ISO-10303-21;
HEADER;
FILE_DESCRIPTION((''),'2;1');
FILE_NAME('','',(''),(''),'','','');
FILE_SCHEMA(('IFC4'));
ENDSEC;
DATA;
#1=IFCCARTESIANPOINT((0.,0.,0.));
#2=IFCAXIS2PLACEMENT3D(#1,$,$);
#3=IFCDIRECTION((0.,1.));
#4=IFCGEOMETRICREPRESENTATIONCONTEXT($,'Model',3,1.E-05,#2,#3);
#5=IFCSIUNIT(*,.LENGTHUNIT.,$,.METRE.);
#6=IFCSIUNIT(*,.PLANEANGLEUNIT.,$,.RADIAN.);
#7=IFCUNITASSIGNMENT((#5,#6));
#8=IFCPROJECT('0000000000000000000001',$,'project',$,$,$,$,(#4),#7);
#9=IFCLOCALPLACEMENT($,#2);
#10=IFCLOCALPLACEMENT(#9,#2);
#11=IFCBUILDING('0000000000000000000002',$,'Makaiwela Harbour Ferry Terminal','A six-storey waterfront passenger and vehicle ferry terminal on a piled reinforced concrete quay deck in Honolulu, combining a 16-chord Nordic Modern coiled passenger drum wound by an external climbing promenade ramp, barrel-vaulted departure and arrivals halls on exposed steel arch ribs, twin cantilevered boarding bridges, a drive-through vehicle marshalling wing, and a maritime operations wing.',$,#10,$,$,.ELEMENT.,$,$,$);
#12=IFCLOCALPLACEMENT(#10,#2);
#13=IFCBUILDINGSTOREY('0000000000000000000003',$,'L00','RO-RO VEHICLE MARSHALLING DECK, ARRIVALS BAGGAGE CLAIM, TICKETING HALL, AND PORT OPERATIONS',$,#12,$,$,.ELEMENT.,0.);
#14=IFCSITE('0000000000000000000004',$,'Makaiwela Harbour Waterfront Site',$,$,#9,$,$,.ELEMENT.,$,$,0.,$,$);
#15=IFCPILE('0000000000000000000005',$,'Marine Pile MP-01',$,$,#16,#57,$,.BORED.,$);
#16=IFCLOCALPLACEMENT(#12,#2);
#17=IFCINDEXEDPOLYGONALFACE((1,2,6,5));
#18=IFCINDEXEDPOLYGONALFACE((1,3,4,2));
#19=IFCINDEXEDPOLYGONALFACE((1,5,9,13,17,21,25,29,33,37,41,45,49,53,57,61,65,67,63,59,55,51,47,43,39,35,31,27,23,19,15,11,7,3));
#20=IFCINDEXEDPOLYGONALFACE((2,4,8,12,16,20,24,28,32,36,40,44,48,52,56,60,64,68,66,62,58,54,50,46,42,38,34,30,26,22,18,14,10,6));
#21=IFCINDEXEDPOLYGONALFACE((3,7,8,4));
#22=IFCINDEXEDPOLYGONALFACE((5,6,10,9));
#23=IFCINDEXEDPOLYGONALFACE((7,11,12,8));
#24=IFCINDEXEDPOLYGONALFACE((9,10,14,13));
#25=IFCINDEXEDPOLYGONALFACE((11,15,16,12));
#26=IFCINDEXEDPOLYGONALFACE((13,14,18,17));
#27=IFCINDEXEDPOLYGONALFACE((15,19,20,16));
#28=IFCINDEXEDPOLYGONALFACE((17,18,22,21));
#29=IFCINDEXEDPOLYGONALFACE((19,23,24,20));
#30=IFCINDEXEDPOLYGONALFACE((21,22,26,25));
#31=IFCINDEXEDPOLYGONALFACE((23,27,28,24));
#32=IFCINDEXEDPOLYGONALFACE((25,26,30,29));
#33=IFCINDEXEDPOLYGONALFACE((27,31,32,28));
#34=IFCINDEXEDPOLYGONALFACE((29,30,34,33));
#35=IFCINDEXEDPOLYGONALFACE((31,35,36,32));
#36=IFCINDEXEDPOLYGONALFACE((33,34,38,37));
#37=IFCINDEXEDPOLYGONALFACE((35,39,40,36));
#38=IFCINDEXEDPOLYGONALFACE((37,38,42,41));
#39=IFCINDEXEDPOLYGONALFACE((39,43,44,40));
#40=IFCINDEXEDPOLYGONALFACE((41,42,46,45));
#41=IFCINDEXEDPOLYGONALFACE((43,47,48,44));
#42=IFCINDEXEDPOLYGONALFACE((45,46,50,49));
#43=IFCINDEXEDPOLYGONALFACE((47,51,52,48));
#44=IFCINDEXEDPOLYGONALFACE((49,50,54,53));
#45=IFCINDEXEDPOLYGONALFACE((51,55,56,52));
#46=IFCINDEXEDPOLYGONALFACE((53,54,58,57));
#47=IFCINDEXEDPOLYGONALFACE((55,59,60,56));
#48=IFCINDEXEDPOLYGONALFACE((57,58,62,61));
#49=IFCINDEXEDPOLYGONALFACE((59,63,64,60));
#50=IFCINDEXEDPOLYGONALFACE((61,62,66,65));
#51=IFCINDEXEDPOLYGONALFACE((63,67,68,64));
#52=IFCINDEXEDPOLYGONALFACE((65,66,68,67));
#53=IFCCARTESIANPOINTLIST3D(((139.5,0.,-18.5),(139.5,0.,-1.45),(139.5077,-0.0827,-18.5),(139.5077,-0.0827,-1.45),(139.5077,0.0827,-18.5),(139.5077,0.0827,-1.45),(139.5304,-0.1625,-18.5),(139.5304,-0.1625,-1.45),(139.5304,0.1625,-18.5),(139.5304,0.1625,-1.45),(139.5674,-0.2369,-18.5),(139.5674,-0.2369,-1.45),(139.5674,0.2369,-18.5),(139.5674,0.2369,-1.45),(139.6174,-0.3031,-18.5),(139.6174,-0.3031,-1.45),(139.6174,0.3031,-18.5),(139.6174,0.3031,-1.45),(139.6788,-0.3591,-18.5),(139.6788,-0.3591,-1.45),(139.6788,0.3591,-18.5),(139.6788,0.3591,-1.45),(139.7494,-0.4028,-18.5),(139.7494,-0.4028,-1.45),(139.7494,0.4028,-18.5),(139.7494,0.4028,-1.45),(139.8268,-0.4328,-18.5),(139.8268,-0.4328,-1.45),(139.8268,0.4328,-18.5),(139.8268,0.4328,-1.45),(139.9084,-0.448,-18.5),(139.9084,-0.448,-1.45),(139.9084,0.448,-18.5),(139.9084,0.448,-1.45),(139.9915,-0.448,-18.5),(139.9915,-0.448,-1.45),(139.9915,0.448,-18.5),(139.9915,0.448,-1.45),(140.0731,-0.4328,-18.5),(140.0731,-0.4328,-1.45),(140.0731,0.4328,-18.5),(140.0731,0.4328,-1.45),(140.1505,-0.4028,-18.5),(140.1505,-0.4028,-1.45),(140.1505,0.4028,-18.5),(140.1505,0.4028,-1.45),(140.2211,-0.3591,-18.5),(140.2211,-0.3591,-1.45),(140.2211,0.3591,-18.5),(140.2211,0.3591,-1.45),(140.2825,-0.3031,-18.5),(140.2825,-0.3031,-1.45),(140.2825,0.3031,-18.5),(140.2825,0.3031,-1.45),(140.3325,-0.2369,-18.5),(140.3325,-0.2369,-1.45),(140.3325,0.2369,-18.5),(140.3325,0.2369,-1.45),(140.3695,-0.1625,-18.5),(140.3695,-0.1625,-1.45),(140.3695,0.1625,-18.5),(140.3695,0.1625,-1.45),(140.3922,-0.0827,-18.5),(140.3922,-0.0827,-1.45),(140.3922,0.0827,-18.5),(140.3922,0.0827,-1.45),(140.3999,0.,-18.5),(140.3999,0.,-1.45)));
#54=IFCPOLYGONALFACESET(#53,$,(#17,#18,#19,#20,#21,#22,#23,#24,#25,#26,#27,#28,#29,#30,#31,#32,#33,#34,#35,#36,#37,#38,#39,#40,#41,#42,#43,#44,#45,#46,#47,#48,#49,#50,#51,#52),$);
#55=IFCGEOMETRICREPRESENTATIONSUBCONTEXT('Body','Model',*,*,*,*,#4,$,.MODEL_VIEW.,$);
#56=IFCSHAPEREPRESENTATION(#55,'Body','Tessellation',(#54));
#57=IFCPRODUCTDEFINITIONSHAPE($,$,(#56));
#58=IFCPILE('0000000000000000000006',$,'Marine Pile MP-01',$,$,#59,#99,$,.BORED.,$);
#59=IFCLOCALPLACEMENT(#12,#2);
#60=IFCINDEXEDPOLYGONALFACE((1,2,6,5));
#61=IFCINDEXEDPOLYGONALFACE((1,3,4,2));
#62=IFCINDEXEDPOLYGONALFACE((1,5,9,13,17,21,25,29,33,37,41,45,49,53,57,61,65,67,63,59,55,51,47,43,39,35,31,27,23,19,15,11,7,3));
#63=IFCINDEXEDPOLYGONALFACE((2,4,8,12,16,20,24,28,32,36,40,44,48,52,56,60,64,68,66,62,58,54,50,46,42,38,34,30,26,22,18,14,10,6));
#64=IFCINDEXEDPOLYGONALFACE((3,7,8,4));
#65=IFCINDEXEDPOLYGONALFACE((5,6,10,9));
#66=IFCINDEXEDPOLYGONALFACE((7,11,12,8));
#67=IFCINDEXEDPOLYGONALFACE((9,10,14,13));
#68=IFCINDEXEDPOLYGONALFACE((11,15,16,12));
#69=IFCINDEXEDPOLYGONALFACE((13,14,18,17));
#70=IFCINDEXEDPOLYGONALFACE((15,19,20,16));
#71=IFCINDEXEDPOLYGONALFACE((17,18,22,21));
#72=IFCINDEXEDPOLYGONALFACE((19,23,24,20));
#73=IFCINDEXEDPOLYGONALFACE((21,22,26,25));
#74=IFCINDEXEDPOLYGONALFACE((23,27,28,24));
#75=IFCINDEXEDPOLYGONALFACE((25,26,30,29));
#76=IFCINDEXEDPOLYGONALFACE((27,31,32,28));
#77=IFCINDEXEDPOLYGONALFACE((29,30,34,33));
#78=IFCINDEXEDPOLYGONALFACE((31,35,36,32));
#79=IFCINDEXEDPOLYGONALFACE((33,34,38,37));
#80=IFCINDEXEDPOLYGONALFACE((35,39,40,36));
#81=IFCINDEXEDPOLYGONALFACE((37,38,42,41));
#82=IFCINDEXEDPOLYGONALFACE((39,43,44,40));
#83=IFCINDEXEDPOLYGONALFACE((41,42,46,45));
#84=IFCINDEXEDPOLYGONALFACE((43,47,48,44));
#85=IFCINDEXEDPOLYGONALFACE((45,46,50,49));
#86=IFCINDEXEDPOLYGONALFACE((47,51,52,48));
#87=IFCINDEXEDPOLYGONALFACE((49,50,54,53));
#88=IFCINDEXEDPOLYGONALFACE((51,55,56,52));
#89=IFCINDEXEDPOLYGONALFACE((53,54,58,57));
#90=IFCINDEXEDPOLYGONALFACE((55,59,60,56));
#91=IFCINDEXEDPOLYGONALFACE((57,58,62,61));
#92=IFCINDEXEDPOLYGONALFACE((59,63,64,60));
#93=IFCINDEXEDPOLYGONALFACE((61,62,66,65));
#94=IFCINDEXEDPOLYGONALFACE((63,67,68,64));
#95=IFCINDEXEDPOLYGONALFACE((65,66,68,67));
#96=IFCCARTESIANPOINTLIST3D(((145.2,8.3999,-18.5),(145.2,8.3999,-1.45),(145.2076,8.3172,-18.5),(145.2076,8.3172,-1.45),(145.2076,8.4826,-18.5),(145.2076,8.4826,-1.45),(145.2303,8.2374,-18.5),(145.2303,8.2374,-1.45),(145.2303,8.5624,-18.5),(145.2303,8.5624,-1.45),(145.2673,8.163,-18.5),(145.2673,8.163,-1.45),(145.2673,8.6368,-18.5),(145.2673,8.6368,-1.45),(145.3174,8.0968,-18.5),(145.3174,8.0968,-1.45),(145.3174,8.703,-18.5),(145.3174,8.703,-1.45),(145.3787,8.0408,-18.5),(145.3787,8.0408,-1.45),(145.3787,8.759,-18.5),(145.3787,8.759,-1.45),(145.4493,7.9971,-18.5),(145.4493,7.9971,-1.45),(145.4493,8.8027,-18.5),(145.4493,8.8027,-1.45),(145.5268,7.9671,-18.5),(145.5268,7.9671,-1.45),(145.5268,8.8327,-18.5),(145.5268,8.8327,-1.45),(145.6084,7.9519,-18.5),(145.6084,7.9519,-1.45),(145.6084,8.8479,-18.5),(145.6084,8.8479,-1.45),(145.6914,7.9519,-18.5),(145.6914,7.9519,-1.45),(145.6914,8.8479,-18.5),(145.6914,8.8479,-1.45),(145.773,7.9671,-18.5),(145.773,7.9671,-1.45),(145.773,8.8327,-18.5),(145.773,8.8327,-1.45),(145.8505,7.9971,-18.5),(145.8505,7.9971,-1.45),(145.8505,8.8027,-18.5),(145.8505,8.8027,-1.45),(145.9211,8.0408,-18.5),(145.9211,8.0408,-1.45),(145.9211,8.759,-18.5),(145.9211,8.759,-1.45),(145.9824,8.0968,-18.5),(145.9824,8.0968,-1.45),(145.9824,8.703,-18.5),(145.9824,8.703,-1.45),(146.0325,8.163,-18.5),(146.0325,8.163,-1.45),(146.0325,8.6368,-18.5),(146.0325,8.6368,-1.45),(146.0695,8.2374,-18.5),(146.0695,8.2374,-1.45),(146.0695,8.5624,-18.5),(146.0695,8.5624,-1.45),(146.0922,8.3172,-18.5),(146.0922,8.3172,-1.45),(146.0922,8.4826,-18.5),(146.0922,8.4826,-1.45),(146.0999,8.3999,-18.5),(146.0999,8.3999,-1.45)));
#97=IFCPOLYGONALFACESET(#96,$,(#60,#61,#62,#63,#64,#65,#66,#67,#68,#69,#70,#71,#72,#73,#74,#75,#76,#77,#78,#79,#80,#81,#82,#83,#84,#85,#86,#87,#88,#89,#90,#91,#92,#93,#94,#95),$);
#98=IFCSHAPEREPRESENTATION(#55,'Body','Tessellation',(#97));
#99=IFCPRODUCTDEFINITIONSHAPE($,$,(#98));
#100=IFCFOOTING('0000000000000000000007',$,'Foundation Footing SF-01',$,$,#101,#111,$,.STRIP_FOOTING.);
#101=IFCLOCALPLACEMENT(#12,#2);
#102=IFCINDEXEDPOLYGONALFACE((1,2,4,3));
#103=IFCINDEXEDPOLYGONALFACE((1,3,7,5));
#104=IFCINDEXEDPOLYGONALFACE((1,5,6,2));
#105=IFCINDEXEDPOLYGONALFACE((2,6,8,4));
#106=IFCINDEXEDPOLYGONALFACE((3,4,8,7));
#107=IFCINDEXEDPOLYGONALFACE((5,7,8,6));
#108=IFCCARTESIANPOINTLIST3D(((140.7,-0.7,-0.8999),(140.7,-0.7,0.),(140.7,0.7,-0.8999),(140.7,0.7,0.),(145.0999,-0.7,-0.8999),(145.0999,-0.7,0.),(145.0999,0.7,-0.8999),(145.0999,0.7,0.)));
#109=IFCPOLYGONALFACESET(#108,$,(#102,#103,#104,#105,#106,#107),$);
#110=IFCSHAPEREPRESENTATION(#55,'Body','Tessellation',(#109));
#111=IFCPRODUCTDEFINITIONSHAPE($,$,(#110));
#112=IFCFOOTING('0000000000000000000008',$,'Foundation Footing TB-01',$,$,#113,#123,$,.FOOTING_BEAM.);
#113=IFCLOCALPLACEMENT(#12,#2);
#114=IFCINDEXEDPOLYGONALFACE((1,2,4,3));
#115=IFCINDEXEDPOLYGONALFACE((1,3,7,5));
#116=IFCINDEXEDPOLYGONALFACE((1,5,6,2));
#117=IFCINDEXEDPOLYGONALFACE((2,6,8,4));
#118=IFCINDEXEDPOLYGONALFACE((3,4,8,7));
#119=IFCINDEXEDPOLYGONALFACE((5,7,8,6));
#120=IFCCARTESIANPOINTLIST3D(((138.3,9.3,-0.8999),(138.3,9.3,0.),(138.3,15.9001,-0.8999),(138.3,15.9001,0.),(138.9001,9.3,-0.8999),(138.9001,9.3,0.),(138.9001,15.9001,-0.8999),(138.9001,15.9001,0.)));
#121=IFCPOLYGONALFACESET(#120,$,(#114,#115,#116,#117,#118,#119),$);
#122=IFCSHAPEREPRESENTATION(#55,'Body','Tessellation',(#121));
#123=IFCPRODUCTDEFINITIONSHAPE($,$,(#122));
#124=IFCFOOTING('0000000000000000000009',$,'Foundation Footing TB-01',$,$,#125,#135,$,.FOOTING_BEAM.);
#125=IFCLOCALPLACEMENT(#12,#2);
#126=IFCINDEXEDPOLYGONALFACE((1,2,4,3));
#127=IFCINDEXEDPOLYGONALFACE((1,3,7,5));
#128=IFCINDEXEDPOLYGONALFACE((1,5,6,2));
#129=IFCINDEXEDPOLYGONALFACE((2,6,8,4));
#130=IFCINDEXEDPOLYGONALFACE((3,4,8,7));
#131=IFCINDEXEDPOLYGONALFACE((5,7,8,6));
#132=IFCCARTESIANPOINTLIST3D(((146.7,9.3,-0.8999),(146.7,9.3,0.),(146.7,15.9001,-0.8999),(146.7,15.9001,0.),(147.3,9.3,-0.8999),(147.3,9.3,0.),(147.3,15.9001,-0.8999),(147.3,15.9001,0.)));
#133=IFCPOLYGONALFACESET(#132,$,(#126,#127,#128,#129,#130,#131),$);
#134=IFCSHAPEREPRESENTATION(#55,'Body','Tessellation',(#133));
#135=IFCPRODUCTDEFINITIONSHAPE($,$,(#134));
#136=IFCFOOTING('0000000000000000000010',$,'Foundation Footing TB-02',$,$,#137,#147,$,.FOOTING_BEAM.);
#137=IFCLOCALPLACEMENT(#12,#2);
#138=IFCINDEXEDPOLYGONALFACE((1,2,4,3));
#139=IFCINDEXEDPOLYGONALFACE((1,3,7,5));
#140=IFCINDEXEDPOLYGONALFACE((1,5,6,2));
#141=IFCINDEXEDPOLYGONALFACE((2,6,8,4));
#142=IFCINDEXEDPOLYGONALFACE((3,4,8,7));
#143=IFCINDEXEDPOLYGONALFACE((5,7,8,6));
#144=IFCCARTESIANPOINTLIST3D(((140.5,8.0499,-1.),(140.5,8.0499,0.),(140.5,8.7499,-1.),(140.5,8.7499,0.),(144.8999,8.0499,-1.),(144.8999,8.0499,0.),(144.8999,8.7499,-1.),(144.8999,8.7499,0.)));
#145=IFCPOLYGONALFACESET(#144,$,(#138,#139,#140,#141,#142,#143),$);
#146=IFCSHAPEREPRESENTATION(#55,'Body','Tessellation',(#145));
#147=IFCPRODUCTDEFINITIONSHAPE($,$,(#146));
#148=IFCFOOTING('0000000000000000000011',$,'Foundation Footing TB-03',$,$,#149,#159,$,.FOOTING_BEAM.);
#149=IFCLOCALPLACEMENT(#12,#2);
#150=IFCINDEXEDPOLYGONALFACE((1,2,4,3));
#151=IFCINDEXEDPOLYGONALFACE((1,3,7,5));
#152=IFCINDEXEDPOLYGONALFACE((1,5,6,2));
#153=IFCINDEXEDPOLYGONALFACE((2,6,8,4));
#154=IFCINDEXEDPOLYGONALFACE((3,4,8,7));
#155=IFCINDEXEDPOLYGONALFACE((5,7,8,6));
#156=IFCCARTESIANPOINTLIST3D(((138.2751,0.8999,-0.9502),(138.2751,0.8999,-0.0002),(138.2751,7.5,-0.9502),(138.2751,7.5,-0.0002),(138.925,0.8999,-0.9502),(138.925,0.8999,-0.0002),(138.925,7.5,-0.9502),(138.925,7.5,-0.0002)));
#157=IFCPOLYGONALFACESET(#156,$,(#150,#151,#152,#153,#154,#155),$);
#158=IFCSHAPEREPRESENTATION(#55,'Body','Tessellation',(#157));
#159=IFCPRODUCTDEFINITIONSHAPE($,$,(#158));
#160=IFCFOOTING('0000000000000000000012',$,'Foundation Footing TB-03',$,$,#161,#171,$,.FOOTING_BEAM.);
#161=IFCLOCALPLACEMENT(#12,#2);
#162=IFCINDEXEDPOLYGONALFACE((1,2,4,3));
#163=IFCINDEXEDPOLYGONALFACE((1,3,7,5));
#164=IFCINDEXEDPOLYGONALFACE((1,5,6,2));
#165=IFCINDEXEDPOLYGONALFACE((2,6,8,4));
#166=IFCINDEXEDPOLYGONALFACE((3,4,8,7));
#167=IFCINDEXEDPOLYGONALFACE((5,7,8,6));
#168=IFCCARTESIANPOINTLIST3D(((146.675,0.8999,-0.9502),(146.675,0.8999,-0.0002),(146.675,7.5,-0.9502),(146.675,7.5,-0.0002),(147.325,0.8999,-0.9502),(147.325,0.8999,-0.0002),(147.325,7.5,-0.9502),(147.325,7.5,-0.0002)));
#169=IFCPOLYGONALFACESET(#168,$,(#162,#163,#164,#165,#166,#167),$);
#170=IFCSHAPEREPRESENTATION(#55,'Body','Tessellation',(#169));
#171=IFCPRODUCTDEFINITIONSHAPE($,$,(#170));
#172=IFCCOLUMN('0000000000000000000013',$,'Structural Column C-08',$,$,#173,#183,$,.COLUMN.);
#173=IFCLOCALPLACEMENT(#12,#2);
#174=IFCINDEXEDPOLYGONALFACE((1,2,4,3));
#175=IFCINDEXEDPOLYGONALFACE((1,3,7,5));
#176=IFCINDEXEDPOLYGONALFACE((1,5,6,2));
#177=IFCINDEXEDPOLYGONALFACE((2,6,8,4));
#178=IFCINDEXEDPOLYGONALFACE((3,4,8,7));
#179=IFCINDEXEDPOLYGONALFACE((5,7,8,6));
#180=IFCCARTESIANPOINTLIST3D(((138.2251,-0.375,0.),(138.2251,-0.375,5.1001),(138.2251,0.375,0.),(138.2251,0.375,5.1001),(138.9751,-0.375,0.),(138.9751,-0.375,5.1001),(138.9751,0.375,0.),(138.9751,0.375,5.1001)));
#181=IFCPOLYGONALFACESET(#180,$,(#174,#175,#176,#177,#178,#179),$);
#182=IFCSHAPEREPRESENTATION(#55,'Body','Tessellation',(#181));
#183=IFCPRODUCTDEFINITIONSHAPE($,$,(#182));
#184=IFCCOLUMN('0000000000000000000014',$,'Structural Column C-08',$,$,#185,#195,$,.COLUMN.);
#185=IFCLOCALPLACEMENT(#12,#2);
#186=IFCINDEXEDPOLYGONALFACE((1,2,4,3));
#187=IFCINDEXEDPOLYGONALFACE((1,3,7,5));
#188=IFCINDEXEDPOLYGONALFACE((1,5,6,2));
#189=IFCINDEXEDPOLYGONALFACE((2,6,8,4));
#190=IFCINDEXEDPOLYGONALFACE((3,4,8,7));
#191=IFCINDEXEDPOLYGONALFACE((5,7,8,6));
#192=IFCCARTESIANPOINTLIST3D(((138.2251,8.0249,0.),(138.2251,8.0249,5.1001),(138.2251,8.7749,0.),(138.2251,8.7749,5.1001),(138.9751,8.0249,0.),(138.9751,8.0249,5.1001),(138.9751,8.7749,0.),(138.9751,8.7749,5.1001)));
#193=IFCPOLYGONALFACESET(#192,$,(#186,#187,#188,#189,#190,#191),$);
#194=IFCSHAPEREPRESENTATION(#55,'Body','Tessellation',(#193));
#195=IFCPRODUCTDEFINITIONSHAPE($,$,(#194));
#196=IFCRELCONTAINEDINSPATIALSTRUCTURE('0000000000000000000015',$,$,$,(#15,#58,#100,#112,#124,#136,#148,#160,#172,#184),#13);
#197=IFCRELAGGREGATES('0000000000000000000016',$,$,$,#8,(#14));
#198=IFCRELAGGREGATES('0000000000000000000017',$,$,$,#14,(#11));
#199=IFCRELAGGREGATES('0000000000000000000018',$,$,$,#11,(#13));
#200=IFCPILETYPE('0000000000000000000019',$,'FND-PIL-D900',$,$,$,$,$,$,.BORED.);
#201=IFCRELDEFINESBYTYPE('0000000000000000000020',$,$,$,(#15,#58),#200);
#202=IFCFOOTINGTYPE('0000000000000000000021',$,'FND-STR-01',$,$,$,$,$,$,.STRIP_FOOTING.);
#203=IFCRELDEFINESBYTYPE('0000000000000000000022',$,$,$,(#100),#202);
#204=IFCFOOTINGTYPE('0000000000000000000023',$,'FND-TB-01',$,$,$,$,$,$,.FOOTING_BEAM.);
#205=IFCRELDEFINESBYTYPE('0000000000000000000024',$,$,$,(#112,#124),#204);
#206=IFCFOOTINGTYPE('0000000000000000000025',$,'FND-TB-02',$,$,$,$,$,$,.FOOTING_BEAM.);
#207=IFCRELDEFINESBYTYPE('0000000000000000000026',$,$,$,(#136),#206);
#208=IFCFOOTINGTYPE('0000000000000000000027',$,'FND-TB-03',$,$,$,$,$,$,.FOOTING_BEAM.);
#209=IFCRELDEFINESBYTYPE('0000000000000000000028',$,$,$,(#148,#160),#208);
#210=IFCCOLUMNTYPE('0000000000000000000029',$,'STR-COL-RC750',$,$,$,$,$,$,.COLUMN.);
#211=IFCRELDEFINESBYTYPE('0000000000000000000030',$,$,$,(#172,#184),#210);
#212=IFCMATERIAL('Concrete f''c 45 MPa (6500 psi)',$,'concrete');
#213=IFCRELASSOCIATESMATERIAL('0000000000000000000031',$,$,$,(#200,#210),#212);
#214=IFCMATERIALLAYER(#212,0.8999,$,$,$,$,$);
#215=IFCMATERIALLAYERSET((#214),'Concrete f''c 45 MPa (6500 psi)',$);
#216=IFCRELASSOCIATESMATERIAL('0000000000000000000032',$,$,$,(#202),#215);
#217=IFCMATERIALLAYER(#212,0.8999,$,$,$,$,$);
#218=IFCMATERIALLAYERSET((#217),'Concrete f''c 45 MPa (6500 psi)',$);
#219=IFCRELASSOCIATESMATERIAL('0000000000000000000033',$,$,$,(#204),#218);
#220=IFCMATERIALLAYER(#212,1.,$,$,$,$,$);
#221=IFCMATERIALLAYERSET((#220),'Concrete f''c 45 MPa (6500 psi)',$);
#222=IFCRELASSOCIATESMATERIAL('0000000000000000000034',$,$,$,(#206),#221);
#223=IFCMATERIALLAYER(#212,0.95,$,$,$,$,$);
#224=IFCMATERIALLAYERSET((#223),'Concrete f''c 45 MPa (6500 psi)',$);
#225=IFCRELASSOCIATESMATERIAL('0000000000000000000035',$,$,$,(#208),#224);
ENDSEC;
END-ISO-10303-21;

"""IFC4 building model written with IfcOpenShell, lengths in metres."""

from ifc_helpers import new_model, si_unit, direction, frame, origin, origin_2d, place, context, subcontext, project, spatial, rectangle, circle, extrude, material, layer, layer_set, material_profile, profile_set, type_object, element, save


model = new_model("IFC4")

# Units and contexts
model_context = context("Model", 3, precision=1e-05, world=origin(), true_north=direction((0.0, 1.0)))
body_context = subcontext(model_context, "Body", "Model", "MODEL_VIEW")
ifc_project = project(units=[si_unit("LENGTHUNIT", "METRE"), si_unit("PLANEANGLEUNIT", "RADIAN")], contexts=[model_context])

# Site, building, storey
site_placement = place(None, origin())
site = spatial("IfcSite", under=ifc_project, at=site_placement, Name="Makaiwela Harbour Waterfront Site", CompositionType="ELEMENT", RefElevation=0.0)
building_placement = place(site_placement, origin())
building = spatial("IfcBuilding", under=site, at=building_placement, Name="Makaiwela Harbour Ferry Terminal", Description="A six-storey waterfront passenger and vehicle ferry terminal on a piled reinforced concrete quay deck in Honolulu, combining a 16-chord Nordic Modern coiled passenger drum wound by an external climbing promenade ramp, barrel-vaulted departure and arrivals halls on exposed steel arch ribs, twin cantilevered boarding bridges, a drive-through vehicle marshalling wing, and a maritime operations wing.", CompositionType="ELEMENT")
storey_placement = place(building_placement, origin())
storey = spatial("IfcBuildingStorey", under=building, at=storey_placement, Name="L00", Description="RO-RO VEHICLE MARSHALLING DECK, ARRIVALS BAGGAGE CLAIM, TICKETING HALL, AND PORT OPERATIONS", CompositionType="ELEMENT", Elevation=0.0)

# Shared definitions
ifc_material_1 = material(Name="Concrete f'c 45 MPa (6500 psi)", Category="concrete")

# Piles
ifc_material_profile_1 = material_profile(ifc_material_1, circle(Radius=0.45, at=origin_2d()), Name="PILE-D900")
ifc_profile_set_1 = profile_set([ifc_material_profile_1], Name="Concrete f'c 45 MPa (6500 psi)")
pile_type_1 = type_object("IfcPileType", Name="FND-PIL-D900", PredefinedType="BORED", material=ifc_profile_set_1)
for number, where, z_axis, x_axis, name in (
    (1, (139.95, 0.0, -1.45), (0.0, 0.0, -1.0), (1.0, 0.0, 0.0), "Marine Pile MP-01"),
    (2, (145.6499, 8.3999, -1.45), (0.0, 0.0, -1.0), (1.0, 0.0, 0.0), "Marine Pile MP-01"),
):
    element("IfcPile", number, at=place(storey_placement, frame(where, z_axis=z_axis, x_axis=x_axis)), inside=storey, type_object=pile_type_1, Name=name, PredefinedType="BORED", context=body_context, shape_type="SweptSolid", body=[
        extrude(circle(Radius=0.45, at=origin_2d()), origin(), (0.0, 0.0, 1.0), 17.05),
    ])

# Footings
ifc_layer_1 = layer(ifc_material_1, 0.8999)
ifc_layer_set_1 = layer_set([ifc_layer_1], Name="Concrete f'c 45 MPa (6500 psi)")
footing_type_1 = type_object("IfcFootingType", Name="FND-STR-01", PredefinedType="STRIP_FOOTING", material=ifc_layer_set_1)
footing_1_placement = place(storey_placement, frame((142.8999, 0.0, -0.8999), z_axis=(0.0, 0.0, 1.0), x_axis=(1.0, 0.0, 0.0)))
element("IfcFooting", 3, at=footing_1_placement, inside=storey, type_object=footing_type_1, Name="Foundation Footing SF-01", PredefinedType="STRIP_FOOTING", context=body_context, shape_type="SweptSolid", body=[
    extrude(rectangle(XDim=4.3999, YDim=1.3999, at=origin_2d()), origin(), (0.0, 0.0, 1.0), 0.8999),
])
ifc_layer_2 = layer(ifc_material_1, 0.8999)
ifc_layer_set_2 = layer_set([ifc_layer_2], Name="Concrete f'c 45 MPa (6500 psi)")
footing_type_2 = type_object("IfcFootingType", Name="FND-TB-01", PredefinedType="FOOTING_BEAM", material=ifc_layer_set_2)
for number, where, z_axis, x_axis, name in (
    (4, (138.6001, 12.6001, -0.8999), (0.0, 0.0, 1.0), (0.0, 1.0, 0.0), "Foundation Footing TB-01"),
    (5, (147.0, 12.6001, -0.8999), (0.0, 0.0, 1.0), (0.0, 1.0, 0.0), "Foundation Footing TB-01"),
):
    element("IfcFooting", number, at=place(storey_placement, frame(where, z_axis=z_axis, x_axis=x_axis)), inside=storey, type_object=footing_type_2, Name=name, PredefinedType="FOOTING_BEAM", context=body_context, shape_type="SweptSolid", body=[
        extrude(rectangle(XDim=6.6001, YDim=0.6001, at=origin_2d()), origin(), (0.0, 0.0, 1.0), 0.8999),
    ])
ifc_layer_3 = layer(ifc_material_1, 1.0)
ifc_layer_set_3 = layer_set([ifc_layer_3], Name="Concrete f'c 45 MPa (6500 psi)")
footing_type_3 = type_object("IfcFootingType", Name="FND-TB-02", PredefinedType="FOOTING_BEAM", material=ifc_layer_set_3)
footing_2_placement = place(storey_placement, frame((142.7, 8.3999, -1.0), z_axis=(0.0, 0.0, 1.0), x_axis=(1.0, 0.0, 0.0)))
element("IfcFooting", 6, at=footing_2_placement, inside=storey, type_object=footing_type_3, Name="Foundation Footing TB-02", PredefinedType="FOOTING_BEAM", context=body_context, shape_type="SweptSolid", body=[
    extrude(rectangle(XDim=4.3999, YDim=0.7, at=origin_2d()), origin(), (0.0, 0.0, 1.0), 1.0),
])
ifc_layer_4 = layer(ifc_material_1, 0.95)
ifc_layer_set_4 = layer_set([ifc_layer_4], Name="Concrete f'c 45 MPa (6500 psi)")
footing_type_4 = type_object("IfcFootingType", Name="FND-TB-03", PredefinedType="FOOTING_BEAM", material=ifc_layer_set_4)
for number, where, z_axis, x_axis, name in (
    (7, (138.6001, 4.2, -0.9502), (0.0, 0.0, 1.0), (0.0, 1.0, 0.0), "Foundation Footing TB-03"),
    (8, (147.0, 4.2, -0.9502), (0.0, 0.0, 1.0), (0.0, 1.0, 0.0), "Foundation Footing TB-03"),
):
    element("IfcFooting", number, at=place(storey_placement, frame(where, z_axis=z_axis, x_axis=x_axis)), inside=storey, type_object=footing_type_4, Name=name, PredefinedType="FOOTING_BEAM", context=body_context, shape_type="SweptSolid", body=[
        extrude(rectangle(XDim=6.6001, YDim=0.6499, at=origin_2d()), origin(), (0.0, 0.0, 1.0), 0.95),
    ])

# Columns
ifc_material_profile_2 = material_profile(ifc_material_1, rectangle(XDim=0.75, YDim=0.75, at=origin_2d()), Name="RC-750X750")
ifc_profile_set_2 = profile_set([ifc_material_profile_2], Name="Concrete f'c 45 MPa (6500 psi)")
column_type = type_object("IfcColumnType", Name="STR-COL-RC750", PredefinedType="COLUMN", material=ifc_profile_set_2)
for number, where, z_axis, x_axis, name in (
    (9, (138.6001, 0.0, 0.0), (0.0, 0.0, 1.0), (1.0, 0.0, 0.0), "Structural Column C-08"),
    (10, (138.6001, 8.3999, 0.0), (0.0, 0.0, 1.0), (1.0, 0.0, 0.0), "Structural Column C-08"),
):
    element("IfcColumn", number, at=place(storey_placement, frame(where, z_axis=z_axis, x_axis=x_axis)), inside=storey, type_object=column_type, Name=name, PredefinedType="COLUMN", context=body_context, shape_type="SweptSolid", body=[
        extrude(rectangle(XDim=0.75, YDim=0.75, at=origin_2d()), origin(), (0.0, 0.0, 1.0), 5.1001),
    ])

save(model, "model.ifc")
